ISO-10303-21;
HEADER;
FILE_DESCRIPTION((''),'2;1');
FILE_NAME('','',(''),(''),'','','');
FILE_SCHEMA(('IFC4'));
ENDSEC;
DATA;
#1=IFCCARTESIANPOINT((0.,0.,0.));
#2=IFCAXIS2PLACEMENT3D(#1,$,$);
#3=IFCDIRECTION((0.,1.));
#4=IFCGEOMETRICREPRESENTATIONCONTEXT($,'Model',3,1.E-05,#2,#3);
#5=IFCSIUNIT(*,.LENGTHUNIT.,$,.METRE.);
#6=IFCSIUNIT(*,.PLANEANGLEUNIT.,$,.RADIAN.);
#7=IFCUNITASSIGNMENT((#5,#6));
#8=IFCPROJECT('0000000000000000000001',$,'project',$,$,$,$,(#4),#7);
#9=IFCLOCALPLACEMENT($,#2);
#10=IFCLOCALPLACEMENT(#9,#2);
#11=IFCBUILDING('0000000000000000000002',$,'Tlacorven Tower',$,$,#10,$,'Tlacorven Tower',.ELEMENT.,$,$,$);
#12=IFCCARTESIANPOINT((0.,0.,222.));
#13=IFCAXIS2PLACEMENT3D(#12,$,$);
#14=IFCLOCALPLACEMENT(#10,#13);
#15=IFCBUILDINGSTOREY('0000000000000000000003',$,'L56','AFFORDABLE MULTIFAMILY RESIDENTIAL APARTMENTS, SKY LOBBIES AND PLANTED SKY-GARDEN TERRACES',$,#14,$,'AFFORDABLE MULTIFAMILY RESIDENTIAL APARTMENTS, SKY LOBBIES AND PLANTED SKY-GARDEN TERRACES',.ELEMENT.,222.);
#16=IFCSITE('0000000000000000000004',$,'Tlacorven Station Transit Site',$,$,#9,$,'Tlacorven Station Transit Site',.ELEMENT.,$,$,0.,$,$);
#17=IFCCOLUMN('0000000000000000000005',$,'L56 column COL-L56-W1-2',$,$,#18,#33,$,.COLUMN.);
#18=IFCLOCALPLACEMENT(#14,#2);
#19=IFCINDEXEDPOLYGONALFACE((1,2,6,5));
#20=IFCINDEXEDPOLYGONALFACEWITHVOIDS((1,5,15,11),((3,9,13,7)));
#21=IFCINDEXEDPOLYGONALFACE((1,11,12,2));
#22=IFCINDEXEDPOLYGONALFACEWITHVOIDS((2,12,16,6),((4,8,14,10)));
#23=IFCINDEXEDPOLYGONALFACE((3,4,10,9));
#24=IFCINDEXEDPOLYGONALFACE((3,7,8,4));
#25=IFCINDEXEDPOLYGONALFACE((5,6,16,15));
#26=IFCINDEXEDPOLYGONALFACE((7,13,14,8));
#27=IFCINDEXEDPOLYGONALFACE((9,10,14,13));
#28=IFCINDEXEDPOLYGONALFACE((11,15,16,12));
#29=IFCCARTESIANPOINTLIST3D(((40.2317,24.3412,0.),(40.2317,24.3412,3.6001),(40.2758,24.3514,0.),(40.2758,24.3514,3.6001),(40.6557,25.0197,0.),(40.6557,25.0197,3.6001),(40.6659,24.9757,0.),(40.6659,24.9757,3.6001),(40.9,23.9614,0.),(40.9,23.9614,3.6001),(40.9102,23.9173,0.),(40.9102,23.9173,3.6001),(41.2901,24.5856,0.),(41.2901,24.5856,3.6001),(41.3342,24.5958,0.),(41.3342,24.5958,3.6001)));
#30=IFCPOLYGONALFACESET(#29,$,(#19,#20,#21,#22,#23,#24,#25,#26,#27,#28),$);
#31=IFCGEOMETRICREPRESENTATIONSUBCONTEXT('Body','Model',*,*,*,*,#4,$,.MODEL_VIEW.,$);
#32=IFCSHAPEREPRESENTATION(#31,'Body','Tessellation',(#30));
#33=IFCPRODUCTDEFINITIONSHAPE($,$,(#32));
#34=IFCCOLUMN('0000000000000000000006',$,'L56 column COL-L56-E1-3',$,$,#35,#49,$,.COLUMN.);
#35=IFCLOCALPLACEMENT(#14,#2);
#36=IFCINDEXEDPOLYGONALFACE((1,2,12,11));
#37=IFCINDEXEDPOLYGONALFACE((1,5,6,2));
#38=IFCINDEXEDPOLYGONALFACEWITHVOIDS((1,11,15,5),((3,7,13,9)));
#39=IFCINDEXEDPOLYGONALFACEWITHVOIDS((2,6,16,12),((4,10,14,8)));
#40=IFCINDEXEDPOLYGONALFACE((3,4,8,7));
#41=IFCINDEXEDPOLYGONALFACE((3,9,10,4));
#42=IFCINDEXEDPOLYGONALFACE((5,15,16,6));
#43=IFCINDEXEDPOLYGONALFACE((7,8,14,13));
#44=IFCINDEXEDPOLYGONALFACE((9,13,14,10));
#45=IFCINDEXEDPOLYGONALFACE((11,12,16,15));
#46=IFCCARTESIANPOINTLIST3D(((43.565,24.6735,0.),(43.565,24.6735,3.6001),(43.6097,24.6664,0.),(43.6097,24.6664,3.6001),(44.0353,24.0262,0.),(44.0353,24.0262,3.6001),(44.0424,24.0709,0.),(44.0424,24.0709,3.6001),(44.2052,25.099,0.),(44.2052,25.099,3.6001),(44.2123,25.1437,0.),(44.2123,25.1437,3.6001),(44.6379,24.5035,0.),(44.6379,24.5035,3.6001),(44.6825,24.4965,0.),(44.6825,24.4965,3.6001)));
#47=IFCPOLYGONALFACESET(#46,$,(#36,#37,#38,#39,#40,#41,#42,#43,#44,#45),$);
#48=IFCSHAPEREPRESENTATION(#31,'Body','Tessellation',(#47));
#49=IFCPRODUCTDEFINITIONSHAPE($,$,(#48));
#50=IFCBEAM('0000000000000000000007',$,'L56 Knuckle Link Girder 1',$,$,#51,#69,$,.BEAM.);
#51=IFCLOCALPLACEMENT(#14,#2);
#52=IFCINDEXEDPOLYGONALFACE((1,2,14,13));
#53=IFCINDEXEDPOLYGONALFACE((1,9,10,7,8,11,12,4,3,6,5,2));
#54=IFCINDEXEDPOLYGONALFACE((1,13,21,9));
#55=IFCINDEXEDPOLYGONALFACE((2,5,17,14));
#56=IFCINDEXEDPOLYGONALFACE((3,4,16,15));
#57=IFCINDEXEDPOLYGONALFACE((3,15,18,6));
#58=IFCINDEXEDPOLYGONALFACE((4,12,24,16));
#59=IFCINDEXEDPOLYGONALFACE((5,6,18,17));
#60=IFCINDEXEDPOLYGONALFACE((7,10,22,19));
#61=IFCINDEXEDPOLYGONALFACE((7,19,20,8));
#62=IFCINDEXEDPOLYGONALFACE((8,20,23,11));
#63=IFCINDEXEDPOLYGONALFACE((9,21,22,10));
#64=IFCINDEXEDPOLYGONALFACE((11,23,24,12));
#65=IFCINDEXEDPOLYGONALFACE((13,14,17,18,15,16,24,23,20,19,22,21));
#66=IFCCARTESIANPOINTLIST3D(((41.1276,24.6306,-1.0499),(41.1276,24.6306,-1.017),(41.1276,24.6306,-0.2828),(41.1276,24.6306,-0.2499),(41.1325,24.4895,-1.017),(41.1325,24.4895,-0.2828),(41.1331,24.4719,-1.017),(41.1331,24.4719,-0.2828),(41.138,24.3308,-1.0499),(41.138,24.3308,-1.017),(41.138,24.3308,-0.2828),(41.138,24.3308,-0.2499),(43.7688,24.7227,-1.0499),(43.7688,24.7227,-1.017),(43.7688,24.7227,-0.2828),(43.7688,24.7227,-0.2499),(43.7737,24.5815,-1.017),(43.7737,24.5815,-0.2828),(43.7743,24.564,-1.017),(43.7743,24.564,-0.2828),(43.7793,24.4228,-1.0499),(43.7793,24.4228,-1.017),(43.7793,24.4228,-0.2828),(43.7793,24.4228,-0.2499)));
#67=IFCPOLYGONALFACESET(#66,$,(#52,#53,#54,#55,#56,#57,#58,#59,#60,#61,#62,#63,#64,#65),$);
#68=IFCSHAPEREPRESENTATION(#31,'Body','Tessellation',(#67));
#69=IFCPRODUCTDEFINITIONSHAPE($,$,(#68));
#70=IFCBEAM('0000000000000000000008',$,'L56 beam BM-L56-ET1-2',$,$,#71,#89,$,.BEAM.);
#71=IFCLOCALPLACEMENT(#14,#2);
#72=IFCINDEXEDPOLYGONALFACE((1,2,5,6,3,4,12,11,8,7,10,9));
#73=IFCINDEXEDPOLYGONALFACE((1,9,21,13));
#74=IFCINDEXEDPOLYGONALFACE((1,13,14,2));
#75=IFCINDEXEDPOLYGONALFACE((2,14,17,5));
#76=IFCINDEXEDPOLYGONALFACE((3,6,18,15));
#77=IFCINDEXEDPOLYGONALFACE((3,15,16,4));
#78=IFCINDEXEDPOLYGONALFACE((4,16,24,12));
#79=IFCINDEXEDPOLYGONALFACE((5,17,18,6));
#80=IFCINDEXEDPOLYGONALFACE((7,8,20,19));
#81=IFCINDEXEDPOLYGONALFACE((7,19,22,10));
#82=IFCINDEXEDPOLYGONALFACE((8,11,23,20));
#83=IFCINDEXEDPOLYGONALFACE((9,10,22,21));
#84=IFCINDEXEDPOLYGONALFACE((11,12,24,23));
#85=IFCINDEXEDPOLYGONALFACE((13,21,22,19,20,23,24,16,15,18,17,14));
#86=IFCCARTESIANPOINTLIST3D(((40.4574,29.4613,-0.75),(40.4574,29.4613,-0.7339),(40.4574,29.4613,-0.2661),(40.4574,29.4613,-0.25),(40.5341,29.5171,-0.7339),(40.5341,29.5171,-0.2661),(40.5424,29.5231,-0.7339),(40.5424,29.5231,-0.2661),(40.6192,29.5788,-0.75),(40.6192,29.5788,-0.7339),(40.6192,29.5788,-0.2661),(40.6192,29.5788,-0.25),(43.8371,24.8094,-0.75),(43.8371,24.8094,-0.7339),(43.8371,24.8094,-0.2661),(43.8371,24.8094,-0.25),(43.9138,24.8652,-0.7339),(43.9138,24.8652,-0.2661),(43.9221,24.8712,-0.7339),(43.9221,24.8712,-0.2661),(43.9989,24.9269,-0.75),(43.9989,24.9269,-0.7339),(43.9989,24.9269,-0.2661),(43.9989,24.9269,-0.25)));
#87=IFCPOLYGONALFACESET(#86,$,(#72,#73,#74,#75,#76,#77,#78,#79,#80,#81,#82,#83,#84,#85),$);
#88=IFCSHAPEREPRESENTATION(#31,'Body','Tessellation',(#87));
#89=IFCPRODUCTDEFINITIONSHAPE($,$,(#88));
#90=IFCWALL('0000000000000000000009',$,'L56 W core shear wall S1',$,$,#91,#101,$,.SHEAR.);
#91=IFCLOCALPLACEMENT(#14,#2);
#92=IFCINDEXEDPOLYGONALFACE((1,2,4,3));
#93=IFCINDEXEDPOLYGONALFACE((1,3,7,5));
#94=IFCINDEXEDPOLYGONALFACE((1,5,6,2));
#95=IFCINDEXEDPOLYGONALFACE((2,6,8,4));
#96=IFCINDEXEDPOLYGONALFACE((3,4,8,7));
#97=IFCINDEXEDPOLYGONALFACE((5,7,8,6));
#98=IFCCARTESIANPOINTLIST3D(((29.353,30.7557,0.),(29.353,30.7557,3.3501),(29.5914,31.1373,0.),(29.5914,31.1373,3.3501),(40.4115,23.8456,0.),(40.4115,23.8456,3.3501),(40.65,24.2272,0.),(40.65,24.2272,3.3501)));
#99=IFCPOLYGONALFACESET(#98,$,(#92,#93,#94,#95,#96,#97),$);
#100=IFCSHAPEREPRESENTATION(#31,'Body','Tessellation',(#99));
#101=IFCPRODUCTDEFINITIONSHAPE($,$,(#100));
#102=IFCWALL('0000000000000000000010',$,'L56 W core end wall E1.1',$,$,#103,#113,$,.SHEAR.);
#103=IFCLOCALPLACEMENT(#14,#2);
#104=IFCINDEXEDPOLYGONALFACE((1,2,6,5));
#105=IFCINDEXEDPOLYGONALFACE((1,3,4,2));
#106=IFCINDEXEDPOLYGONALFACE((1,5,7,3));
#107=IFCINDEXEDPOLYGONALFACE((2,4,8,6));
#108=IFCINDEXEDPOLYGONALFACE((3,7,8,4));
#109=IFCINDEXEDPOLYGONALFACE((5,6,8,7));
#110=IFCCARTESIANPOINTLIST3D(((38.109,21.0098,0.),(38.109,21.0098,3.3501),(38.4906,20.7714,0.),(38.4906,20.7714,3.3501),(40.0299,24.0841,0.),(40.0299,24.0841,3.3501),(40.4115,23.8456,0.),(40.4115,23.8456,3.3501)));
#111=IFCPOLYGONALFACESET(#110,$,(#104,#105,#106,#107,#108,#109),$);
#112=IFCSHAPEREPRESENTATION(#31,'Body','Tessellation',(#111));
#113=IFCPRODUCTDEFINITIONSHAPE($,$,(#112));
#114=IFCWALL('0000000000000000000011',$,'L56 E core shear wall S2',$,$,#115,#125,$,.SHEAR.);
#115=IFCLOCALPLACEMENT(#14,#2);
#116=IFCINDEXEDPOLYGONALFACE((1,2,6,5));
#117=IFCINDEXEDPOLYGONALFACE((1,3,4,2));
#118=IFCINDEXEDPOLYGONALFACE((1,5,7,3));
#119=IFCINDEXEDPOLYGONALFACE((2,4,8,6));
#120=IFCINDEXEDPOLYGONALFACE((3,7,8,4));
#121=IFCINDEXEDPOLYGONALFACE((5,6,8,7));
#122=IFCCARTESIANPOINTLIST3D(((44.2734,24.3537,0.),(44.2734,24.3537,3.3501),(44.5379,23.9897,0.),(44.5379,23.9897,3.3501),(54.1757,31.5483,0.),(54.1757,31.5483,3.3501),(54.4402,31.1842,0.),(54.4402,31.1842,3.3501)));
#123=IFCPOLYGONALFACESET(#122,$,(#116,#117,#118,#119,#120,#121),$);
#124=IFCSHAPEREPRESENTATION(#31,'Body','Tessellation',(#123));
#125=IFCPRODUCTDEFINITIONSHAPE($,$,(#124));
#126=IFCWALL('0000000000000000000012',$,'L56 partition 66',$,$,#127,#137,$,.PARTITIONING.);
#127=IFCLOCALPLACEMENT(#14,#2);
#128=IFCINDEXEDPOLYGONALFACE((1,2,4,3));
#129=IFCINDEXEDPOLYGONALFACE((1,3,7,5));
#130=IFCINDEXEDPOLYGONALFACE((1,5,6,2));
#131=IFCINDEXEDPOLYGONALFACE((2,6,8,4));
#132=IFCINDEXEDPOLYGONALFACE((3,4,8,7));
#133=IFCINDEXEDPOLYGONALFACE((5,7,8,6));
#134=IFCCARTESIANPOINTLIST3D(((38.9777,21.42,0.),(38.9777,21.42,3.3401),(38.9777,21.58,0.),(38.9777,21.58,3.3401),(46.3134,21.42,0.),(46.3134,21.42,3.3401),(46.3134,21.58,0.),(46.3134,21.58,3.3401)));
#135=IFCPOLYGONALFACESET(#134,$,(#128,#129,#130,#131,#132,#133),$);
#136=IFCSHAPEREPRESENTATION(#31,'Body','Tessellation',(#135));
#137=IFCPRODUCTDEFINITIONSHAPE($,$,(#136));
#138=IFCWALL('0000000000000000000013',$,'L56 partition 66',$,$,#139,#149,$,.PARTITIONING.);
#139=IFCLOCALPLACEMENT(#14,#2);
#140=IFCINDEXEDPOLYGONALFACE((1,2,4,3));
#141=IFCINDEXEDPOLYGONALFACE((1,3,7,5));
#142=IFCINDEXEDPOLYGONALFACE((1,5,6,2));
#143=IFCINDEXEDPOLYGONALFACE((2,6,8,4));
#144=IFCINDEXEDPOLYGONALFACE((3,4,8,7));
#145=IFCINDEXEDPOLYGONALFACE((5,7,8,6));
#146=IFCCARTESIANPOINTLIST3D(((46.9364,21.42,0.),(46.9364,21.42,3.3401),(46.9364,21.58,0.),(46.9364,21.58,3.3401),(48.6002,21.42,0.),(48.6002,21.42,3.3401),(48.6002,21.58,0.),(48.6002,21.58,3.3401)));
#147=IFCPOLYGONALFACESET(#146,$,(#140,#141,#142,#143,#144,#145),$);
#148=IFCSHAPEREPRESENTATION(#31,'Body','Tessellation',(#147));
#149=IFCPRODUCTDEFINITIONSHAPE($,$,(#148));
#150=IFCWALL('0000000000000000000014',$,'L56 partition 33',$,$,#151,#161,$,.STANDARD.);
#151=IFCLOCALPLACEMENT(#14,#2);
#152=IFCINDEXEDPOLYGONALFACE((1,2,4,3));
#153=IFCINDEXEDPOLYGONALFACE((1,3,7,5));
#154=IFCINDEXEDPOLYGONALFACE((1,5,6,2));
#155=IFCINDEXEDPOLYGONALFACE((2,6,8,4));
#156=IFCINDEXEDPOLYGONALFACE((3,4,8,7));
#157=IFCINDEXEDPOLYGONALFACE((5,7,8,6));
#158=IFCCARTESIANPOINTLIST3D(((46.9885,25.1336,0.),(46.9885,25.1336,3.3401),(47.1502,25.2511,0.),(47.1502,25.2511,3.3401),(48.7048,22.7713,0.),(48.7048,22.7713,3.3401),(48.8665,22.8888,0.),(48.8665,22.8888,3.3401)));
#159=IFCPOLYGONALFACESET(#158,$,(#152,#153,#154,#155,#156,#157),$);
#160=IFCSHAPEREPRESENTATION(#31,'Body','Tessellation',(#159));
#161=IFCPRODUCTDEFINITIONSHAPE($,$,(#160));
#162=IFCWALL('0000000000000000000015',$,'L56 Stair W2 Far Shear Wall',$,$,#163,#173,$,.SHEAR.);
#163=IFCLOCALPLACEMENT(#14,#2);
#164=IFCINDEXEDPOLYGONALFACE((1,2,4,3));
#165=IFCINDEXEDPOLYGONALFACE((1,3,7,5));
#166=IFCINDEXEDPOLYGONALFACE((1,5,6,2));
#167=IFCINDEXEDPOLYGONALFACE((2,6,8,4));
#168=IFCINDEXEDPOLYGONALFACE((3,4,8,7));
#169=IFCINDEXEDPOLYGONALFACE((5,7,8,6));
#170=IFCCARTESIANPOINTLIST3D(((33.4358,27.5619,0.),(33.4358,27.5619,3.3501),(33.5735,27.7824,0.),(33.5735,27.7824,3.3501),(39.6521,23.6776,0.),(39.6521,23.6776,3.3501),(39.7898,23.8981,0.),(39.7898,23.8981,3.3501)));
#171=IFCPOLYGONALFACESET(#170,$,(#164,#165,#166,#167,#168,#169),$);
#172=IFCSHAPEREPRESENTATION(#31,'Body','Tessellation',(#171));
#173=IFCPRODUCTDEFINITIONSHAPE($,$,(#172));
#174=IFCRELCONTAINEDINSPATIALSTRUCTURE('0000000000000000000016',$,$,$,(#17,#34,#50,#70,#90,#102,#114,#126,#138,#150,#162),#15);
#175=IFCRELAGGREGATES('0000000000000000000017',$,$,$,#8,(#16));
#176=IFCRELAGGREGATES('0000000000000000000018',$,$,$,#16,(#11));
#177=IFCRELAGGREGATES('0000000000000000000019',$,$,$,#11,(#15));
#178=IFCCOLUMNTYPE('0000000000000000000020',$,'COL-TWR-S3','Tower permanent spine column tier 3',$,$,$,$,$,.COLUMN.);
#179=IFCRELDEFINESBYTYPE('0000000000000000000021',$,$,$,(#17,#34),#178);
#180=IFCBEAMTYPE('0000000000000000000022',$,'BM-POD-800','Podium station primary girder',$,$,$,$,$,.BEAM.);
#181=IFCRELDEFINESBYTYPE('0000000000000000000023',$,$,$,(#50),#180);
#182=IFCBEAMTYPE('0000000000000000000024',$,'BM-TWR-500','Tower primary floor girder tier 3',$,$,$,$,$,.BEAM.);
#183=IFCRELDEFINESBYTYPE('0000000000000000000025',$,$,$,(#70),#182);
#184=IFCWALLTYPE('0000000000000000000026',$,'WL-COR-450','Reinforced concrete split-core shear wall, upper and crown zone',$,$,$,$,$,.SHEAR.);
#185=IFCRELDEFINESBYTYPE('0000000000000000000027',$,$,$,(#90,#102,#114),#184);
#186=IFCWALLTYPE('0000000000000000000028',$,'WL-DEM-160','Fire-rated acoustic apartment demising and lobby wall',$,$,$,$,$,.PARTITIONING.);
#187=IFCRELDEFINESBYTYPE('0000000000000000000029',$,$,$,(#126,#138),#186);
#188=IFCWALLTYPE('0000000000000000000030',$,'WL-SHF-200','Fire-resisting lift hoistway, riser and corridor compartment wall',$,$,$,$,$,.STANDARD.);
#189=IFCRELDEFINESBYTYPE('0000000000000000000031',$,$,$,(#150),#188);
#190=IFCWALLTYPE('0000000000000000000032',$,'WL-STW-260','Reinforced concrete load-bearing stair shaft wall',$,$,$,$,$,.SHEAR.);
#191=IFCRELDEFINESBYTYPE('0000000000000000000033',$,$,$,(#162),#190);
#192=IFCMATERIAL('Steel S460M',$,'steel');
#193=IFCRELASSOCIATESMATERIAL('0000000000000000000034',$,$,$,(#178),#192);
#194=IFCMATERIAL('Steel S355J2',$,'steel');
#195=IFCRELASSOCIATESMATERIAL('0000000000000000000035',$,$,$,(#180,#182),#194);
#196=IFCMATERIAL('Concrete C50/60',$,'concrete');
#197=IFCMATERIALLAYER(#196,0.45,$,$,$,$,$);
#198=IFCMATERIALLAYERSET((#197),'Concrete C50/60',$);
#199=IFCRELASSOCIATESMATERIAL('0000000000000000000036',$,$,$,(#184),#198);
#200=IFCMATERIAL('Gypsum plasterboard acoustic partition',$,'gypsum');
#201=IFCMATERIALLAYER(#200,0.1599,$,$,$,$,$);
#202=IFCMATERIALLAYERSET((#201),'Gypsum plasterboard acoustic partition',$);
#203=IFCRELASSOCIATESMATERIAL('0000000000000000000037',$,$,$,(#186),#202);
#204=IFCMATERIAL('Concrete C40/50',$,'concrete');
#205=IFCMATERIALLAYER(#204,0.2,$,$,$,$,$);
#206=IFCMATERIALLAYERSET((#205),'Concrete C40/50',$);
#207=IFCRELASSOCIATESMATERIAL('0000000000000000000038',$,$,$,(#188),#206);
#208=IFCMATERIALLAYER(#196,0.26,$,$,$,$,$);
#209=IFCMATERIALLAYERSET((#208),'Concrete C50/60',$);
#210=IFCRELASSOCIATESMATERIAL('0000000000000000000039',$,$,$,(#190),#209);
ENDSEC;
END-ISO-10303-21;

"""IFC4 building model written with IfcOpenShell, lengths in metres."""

from ifc_helpers import new_model, si_unit, direction, frame, frame_2d, origin, origin_2d, place, context, subcontext, project, spatial, rectangle, hollow_rectangle, i_section, extrude, source, transform, mapped, material, layer, layer_set, material_profile, profile_set, type_object, element, save


model = new_model("IFC4")

# Units and contexts
model_context = context("Model", 3, precision=1e-05, world=origin(), true_north=direction((0.0, 1.0)))
body_context = subcontext(model_context, "Body", "Model", "MODEL_VIEW")
ifc_project = project(units=[si_unit("LENGTHUNIT", "METRE"), si_unit("PLANEANGLEUNIT", "RADIAN")], contexts=[model_context])

# Site, building, storey
site_placement = place(None, origin())
site = spatial("IfcSite", under=ifc_project, at=site_placement, Name="Tlacorven Station Transit Site", LongName="Tlacorven Station Transit Site", CompositionType="ELEMENT", RefElevation=0.0)
building_placement = place(site_placement, origin())
building = spatial("IfcBuilding", under=site, at=building_placement, Name="Tlacorven Tower", LongName="Tlacorven Tower", CompositionType="ELEMENT")
storey_placement = place(building_placement, frame((0.0, 0.0, 222.0)))
storey = spatial("IfcBuildingStorey", under=building, at=storey_placement, Name="L56", Description="AFFORDABLE MULTIFAMILY RESIDENTIAL APARTMENTS, SKY LOBBIES AND PLANTED SKY-GARDEN TERRACES", LongName="AFFORDABLE MULTIFAMILY RESIDENTIAL APARTMENTS, SKY LOBBIES AND PLANTED SKY-GARDEN TERRACES", CompositionType="ELEMENT", Elevation=222.0)

# Columns
ifc_material_1 = material(Name="Steel S460M", Category="steel")
ifc_material_profile_1 = material_profile(ifc_material_1, hollow_rectangle(XDim=0.8, YDim=0.8, WallThickness=0.032, at=origin_2d()), Name="BOX 800X800X32")
ifc_profile_set_1 = profile_set([ifc_material_profile_1], Name="Steel S460M")
column_type = type_object("IfcColumnType", Name="COL-TWR-S3", Description="Tower permanent spine column tier 3", PredefinedType="COLUMN", material=ifc_profile_set_1)
shared_shape_1 = source(origin(), body_context, "Body", "SweptSolid", [
    extrude(hollow_rectangle(XDim=0.8, YDim=0.8, WallThickness=0.032, at=origin_2d()), origin(), (0.0, 0.0, 1.0), 3.6001),
])
for number, where, z_axis, x_axis, name in (
    (1, (40.783, 24.4685, 0.0), (0.0, 0.0, 1.0), (-0.848048, 0.529919, 0.0), "L56 column COL-L56-W1-2"),
    (2, (44.1238, 24.585, 0.0), (0.0, 0.0, 1.0), (0.809017, 0.587785, 0.0), "L56 column COL-L56-E1-3"),
):
    element("IfcColumn", number, at=place(storey_placement, frame(where, z_axis=z_axis, x_axis=x_axis)), inside=storey, type_object=column_type, Name=name, PredefinedType="COLUMN", context=body_context, shape_type="MappedRepresentation", body=[
        mapped(shared_shape_1, transform((0.0, 0.0, 0.0), scale=1.0)),
    ])

# Beams
ifc_material_2 = material(Name="Steel S355J2", Category="steel")
ifc_material_profile_2 = material_profile(ifc_material_2, i_section(OverallWidth=0.3, OverallDepth=0.8, WebThickness=0.0176, FlangeThickness=0.033, at=origin_2d()), Name="HEB 800")
ifc_profile_set_2 = profile_set([ifc_material_profile_2], Name="Steel S355J2")
beam_type_1 = type_object("IfcBeamType", Name="BM-POD-800", Description="Podium station primary girder", PredefinedType="BEAM", material=ifc_profile_set_2)
shared_shape_2 = source(origin(), body_context, "Body", "SweptSolid", [
    extrude(i_section(OverallWidth=0.3, OverallDepth=0.8, WebThickness=0.0176, FlangeThickness=0.033, at=origin_2d()), origin(), (0.0, 0.0, 1.0), 2.6428),
])
beam_1_placement = place(storey_placement, frame((41.1328, 24.4807, -0.6499), z_axis=(0.999393, 0.034828, 0.0), x_axis=(-0.034828, 0.999393, 0.0)))
element("IfcBeam", 3, at=beam_1_placement, inside=storey, type_object=beam_type_1, Name="L56 Knuckle Link Girder 1", PredefinedType="BEAM", context=body_context, shape_type="MappedRepresentation", body=[
    mapped(shared_shape_2, transform((0.0, 0.0, 0.0), scale=1.0)),
])
ifc_material_profile_3 = material_profile(ifc_material_2, i_section(OverallWidth=0.2, OverallDepth=0.5, WebThickness=0.0103, FlangeThickness=0.0161, at=origin_2d()), Name="IPE 500")
ifc_profile_set_3 = profile_set([ifc_material_profile_3], Name="Steel S355J2")
beam_type_2 = type_object("IfcBeamType", Name="BM-TWR-500", Description="Tower primary floor girder tier 3", PredefinedType="BEAM", material=ifc_profile_set_3)
shared_shape_3 = source(origin(), body_context, "Body", "SweptSolid", [
    extrude(i_section(OverallWidth=0.2, OverallDepth=0.5, WebThickness=0.0103, FlangeThickness=0.0161, at=origin_2d()), origin(), (0.0, 0.0, 1.0), 5.75),
])
beam_2_placement = place(storey_placement, frame((43.918, 24.8682, -0.5), z_axis=(-0.58777, 0.809028, 0.0), x_axis=(-0.809028, -0.58777, 0.0)))
element("IfcBeam", 4, at=beam_2_placement, inside=storey, type_object=beam_type_2, Name="L56 beam BM-L56-ET1-2", PredefinedType="BEAM", context=body_context, shape_type="MappedRepresentation", body=[
    mapped(shared_shape_3, transform((0.0, 0.0, 0.0), scale=1.0)),
])

# Walls
ifc_material_3 = material(Name="Concrete C50/60", Category="concrete")
ifc_layer_1 = layer(ifc_material_3, 0.45)
ifc_layer_set_1 = layer_set([ifc_layer_1], Name="Concrete C50/60")
wall_type_1 = type_object("IfcWallType", Name="WL-COR-450", Description="Reinforced concrete split-core shear wall, upper and crown zone", PredefinedType="SHEAR", material=ifc_layer_set_1)
wall_1_placement = place(storey_placement, frame((40.5308, 24.0364, 0.0), z_axis=(0.0, 0.0, 1.0), x_axis=(-0.848049, 0.529918, 0.0)))
element("IfcWall", 5, at=wall_1_placement, inside=storey, type_object=wall_type_1, Name="L56 W core shear wall S1", PredefinedType="SHEAR", context=body_context, shape_type="SweptSolid", body=[
    extrude(rectangle(XDim=13.04, YDim=0.45, at=frame_2d((6.52, 0.0))), origin(), (0.0, 0.0, 1.0), 3.3501),
])
wall_2_placement = place(storey_placement, frame((40.2207, 23.9648, 0.0), z_axis=(0.0, 0.0, 1.0), x_axis=(-0.529902, -0.848059, 0.0)))
element("IfcWall", 6, at=wall_2_placement, inside=storey, type_object=wall_type_1, Name="L56 W core end wall E1.1", PredefinedType="SHEAR", context=body_context, shape_type="SweptSolid", body=[
    extrude(rectangle(XDim=3.625, YDim=0.45, at=frame_2d((1.8125, 0.0))), origin(), (0.0, 0.0, 1.0), 3.3501),
])
wall_3_placement = place(storey_placement, frame((44.4055, 24.1716, 0.0), z_axis=(0.0, 0.0, 1.0), x_axis=(0.809013, 0.587791, 0.0)))
element("IfcWall", 7, at=wall_3_placement, inside=storey, type_object=wall_type_1, Name="L56 E core shear wall S2", PredefinedType="SHEAR", context=body_context, shape_type="SweptSolid", body=[
    extrude(rectangle(XDim=12.24, YDim=0.45, at=frame_2d((6.1201, 0.0))), origin(), (0.0, 0.0, 1.0), 3.3501),
])
ifc_material_4 = material(Name="Gypsum plasterboard acoustic partition", Category="gypsum")
ifc_layer_2 = layer(ifc_material_4, 0.1599)
ifc_layer_set_2 = layer_set([ifc_layer_2], Name="Gypsum plasterboard acoustic partition")
wall_type_2 = type_object("IfcWallType", Name="WL-DEM-160", Description="Fire-rated acoustic apartment demising and lobby wall", PredefinedType="PARTITIONING", material=ifc_layer_set_2)
wall_4_placement = place(storey_placement, frame((38.9775, 21.5, 0.0), z_axis=(0.0, 0.0, 1.0), x_axis=(1.0, 0.0, 0.0)))
element("IfcWall", 8, at=wall_4_placement, inside=storey, type_object=wall_type_2, Name="L56 partition 66", PredefinedType="PARTITIONING", context=body_context, shape_type="SweptSolid", body=[
    extrude(rectangle(XDim=7.3357, YDim=0.1599, at=frame_2d((3.668, 0.0))), origin(), (0.0, 0.0, 1.0), 3.3401),
])
wall_5_placement = place(storey_placement, frame((46.9363, 21.5, 0.0), z_axis=(0.0, 0.0, 1.0), x_axis=(1.0, 0.0, 0.0)))
element("IfcWall", 9, at=wall_5_placement, inside=storey, type_object=wall_type_2, Name="L56 partition 66", PredefinedType="PARTITIONING", context=body_context, shape_type="SweptSolid", body=[
    extrude(rectangle(XDim=1.6638, YDim=0.1599, at=frame_2d((0.832, 0.0))), origin(), (0.0, 0.0, 1.0), 3.3401),
])
ifc_material_5 = material(Name="Concrete C40/50", Category="concrete")
ifc_layer_3 = layer(ifc_material_5, 0.2)
ifc_layer_set_3 = layer_set([ifc_layer_3], Name="Concrete C40/50")
wall_type_3 = type_object("IfcWallType", Name="WL-SHF-200", Description="Fire-resisting lift hoistway, riser and corridor compartment wall", PredefinedType="STANDARD", material=ifc_layer_set_3)
wall_6_placement = place(storey_placement, frame((48.7856, 22.8301, 0.0), z_axis=(0.0, 0.0, 1.0), x_axis=(-0.587784, 0.809018, 0.0)))
element("IfcWall", 10, at=wall_6_placement, inside=storey, type_object=wall_type_3, Name="L56 partition 33", PredefinedType="STANDARD", context=body_context, shape_type="SweptSolid", body=[
    extrude(rectangle(XDim=2.9199, YDim=0.2, at=frame_2d((1.46, 0.0))), origin(), (0.0, 0.0, 1.0), 3.3401),
])
ifc_layer_4 = layer(ifc_material_3, 0.26)
ifc_layer_set_4 = layer_set([ifc_layer_4], Name="Concrete C50/60")
wall_type_4 = type_object("IfcWallType", Name="WL-STW-260", Description="Reinforced concrete load-bearing stair shaft wall", PredefinedType="SHEAR", material=ifc_layer_set_4)
wall_7_placement = place(storey_placement, frame((39.7209, 23.7878, 0.0), z_axis=(0.0, 0.0, 1.0), x_axis=(-0.848054, 0.529909, 0.0)))
element("IfcWall", 11, at=wall_7_placement, inside=storey, type_object=wall_type_4, Name="L56 Stair W2 Far Shear Wall", PredefinedType="SHEAR", context=body_context, shape_type="SweptSolid", body=[
    extrude(rectangle(XDim=7.3301, YDim=0.26, at=frame_2d((3.665, 0.0))), origin(), (0.0, 0.0, 1.0), 3.3501),
])

save(model, "model.ifc")
